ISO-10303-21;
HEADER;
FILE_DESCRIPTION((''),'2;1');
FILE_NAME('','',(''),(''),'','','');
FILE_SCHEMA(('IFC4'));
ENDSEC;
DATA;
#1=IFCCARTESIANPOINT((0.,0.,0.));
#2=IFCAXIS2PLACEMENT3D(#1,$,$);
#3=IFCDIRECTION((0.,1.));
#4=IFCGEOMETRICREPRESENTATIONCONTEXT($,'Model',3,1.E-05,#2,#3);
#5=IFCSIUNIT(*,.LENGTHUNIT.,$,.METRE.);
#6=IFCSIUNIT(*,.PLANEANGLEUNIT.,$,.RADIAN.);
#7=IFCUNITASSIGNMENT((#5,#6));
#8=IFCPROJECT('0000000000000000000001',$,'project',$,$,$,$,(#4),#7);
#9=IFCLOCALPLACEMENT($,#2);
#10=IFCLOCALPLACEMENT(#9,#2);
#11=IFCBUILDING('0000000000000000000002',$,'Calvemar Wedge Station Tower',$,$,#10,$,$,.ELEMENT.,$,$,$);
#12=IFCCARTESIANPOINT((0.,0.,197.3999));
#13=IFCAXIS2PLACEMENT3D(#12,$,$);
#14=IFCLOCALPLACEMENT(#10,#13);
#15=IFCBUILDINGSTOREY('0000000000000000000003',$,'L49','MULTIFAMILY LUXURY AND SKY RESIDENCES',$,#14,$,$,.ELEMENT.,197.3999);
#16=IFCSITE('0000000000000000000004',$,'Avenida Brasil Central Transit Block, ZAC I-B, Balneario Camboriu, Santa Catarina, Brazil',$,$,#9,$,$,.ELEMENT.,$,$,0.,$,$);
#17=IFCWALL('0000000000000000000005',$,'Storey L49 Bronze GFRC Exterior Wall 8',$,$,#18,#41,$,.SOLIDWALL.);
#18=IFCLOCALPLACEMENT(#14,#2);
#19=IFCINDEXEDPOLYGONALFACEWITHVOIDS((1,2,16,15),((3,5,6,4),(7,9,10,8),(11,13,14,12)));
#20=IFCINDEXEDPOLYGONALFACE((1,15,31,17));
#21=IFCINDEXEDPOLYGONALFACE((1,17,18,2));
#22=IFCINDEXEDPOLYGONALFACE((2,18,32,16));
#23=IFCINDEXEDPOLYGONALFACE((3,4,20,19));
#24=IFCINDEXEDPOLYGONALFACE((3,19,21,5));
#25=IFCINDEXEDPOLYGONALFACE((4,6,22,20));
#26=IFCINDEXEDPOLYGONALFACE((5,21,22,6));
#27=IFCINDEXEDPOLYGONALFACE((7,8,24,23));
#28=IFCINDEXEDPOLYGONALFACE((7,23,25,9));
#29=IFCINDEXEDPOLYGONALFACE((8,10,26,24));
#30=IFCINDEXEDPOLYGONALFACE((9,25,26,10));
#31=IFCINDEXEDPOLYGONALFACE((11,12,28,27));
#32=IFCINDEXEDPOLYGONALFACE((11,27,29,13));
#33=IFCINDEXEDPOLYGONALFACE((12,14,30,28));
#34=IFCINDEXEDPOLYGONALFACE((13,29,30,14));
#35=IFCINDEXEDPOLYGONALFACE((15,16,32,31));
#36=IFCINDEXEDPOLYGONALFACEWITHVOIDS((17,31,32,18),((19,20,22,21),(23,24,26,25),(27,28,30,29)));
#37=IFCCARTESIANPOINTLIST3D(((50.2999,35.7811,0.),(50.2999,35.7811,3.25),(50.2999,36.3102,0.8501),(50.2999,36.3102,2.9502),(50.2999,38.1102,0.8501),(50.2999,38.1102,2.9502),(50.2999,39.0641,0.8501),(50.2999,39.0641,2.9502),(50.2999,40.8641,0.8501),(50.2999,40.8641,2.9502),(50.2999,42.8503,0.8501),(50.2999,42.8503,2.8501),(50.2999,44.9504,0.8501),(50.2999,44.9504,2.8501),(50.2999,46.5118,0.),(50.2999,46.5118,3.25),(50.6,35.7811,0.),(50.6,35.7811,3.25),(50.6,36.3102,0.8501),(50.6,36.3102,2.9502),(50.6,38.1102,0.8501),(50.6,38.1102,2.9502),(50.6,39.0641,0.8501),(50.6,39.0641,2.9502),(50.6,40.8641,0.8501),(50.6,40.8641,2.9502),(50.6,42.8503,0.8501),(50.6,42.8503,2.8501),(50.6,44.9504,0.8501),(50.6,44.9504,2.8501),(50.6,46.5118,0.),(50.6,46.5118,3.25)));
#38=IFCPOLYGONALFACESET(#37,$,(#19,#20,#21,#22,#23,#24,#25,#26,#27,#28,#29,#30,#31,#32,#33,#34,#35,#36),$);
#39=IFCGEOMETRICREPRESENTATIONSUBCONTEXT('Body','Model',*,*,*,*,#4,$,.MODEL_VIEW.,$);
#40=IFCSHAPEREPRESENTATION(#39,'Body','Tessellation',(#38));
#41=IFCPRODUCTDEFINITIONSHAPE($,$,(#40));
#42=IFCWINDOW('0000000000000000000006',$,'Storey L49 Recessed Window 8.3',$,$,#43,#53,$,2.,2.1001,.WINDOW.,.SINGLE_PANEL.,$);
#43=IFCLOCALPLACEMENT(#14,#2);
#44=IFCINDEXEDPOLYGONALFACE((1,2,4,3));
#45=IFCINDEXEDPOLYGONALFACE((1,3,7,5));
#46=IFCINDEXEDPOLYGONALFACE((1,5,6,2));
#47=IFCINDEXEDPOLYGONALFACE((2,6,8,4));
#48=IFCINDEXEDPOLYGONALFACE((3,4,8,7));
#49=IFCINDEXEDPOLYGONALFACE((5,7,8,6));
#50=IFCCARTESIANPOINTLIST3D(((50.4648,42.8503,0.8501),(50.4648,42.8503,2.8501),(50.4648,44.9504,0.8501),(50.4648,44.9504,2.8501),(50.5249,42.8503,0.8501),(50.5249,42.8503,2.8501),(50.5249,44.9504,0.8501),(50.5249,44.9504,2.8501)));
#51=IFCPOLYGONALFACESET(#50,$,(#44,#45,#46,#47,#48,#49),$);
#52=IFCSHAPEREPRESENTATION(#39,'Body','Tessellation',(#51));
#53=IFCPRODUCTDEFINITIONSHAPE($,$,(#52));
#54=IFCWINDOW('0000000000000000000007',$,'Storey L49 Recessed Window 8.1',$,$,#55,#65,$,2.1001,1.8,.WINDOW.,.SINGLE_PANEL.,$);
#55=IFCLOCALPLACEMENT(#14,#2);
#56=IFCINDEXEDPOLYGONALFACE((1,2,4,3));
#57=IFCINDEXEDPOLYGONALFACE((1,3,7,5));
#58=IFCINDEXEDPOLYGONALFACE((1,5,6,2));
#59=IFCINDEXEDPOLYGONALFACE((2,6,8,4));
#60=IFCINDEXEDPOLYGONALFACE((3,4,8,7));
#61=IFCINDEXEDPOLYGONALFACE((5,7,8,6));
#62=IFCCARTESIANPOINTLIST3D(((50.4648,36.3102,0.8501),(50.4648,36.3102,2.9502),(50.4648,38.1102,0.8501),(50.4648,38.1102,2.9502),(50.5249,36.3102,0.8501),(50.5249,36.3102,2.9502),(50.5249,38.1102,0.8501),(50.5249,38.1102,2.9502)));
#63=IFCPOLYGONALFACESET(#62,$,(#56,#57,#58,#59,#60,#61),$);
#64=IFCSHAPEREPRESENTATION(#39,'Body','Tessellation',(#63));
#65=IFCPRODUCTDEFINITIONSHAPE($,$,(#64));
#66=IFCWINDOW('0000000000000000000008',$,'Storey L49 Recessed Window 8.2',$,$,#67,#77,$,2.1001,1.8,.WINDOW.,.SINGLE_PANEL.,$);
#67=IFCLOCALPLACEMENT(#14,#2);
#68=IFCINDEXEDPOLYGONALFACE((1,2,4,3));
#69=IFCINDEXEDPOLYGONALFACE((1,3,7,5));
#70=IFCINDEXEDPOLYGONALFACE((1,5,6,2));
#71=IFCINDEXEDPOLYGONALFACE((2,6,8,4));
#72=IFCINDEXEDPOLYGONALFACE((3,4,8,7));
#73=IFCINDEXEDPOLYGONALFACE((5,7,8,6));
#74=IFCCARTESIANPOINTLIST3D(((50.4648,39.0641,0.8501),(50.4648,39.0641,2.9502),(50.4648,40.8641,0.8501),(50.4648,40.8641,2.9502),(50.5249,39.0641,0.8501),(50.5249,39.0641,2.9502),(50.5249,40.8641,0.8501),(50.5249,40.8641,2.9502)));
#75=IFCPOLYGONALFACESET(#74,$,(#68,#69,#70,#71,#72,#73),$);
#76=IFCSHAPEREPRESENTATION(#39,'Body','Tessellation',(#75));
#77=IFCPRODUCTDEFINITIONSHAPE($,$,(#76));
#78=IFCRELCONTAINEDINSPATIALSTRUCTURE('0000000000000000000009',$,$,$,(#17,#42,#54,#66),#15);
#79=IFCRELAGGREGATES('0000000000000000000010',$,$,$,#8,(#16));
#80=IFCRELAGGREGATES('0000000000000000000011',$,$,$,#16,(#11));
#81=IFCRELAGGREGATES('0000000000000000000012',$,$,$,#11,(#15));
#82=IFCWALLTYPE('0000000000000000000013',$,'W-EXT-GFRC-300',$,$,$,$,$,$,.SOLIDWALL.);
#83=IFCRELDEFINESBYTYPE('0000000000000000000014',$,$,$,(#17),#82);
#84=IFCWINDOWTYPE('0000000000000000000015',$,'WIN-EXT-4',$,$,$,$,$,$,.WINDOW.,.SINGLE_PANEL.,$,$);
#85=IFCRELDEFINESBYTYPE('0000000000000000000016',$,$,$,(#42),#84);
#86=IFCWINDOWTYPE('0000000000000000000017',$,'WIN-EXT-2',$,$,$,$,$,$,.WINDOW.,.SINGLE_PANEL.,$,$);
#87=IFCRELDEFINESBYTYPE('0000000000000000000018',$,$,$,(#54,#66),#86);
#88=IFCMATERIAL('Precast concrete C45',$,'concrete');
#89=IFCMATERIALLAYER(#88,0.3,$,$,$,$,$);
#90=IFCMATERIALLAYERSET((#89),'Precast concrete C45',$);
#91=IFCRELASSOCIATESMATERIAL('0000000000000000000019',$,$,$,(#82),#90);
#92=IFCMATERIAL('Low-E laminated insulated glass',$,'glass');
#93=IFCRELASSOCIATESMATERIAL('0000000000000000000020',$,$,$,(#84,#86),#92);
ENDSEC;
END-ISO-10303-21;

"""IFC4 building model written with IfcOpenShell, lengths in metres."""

from ifc_helpers import new_model, si_unit, direction, frame, frame_2d, origin, place, context, subcontext, project, spatial, rectangle, extrude, source, transform, mapped, material, layer, layer_set, type_object, element, fill, save


model = new_model("IFC4")

# Units and contexts
model_context = context("Model", 3, precision=1e-05, world=origin(), true_north=direction((0.0, 1.0)))
body_context = subcontext(model_context, "Body", "Model", "MODEL_VIEW")
ifc_project = project(units=[si_unit("LENGTHUNIT", "METRE"), si_unit("PLANEANGLEUNIT", "RADIAN")], contexts=[model_context])

# Site, building, storey
site_placement = place(None, origin())
site = spatial("IfcSite", under=ifc_project, at=site_placement, Name="Avenida Brasil Central Transit Block, ZAC I-B, Balneario Camboriu, Santa Catarina, Brazil", CompositionType="ELEMENT", RefElevation=0.0)
building_placement = place(site_placement, origin())
building = spatial("IfcBuilding", under=site, at=building_placement, Name="Calvemar Wedge Station Tower", CompositionType="ELEMENT")
storey_placement = place(building_placement, frame((0.0, 0.0, 197.3999)))
storey = spatial("IfcBuildingStorey", under=building, at=storey_placement, Name="L49", Description="MULTIFAMILY LUXURY AND SKY RESIDENCES", CompositionType="ELEMENT", Elevation=197.3999)

# Shared definitions
ifc_material_1 = material(Name="Low-E laminated insulated glass", Category="glass")

# Shared definitions
ifc_material_2 = material(Name="Precast concrete C45", Category="concrete")
ifc_layer_1 = layer(ifc_material_2, 0.3)
ifc_layer_set_1 = layer_set([ifc_layer_1], Name="Precast concrete C45")
wall_type_1 = type_object("IfcWallType", Name="W-EXT-GFRC-300", PredefinedType="SOLIDWALL", material=ifc_layer_set_1)

# Wall, openings, windows
shared_shape_1 = source(origin(), body_context, "Body", "SweptSolid", [
    extrude(rectangle(XDim=2.1001, YDim=2.0, at=frame_2d((1.05, 1.0))), frame((0.0, 0.1602, 0.0), z_axis=(0.0, -1.0, 0.0), x_axis=(1.0, 0.0, 0.0)), (0.0, 0.0, 1.0), 0.3201),
])
window_type_1 = type_object("IfcWindowType", Name="WIN-EXT-4", PartitioningType="SINGLE_PANEL", PredefinedType="WINDOW", material=ifc_material_1)
shared_shape_2 = source(origin(), body_context, "Body", "SweptSolid", [
    extrude(rectangle(XDim=2.1001, YDim=2.0, at=frame_2d((1.05, 1.0))), frame((0.0, -0.0149, 0.0), z_axis=(0.0, -1.0, 0.0), x_axis=(1.0, 0.0, 0.0)), (0.0, 0.0, 1.0), 0.0601),
])
wall_1_placement = place(storey_placement, frame((50.45, 35.7812, 0.0), z_axis=(0.0, 0.0, 1.0), x_axis=(0.0, 1.0, 0.0)))
wall_1 = element("IfcWall", 1, at=wall_1_placement, inside=storey, type_object=wall_type_1, Name="Storey L49 Bronze GFRC Exterior Wall 8", PredefinedType="SOLIDWALL", context=body_context, shape_type="SweptSolid", body=[
    extrude(rectangle(XDim=10.7307, YDim=0.3, at=frame_2d((5.3652, 0.0))), origin(), (0.0, 0.0, 1.0), 3.25),
])
shared_shape_3 = source(origin(), body_context, "Body", "SweptSolid", [
    extrude(rectangle(XDim=1.8, YDim=2.1001, at=frame_2d((0.8999, 1.05))), frame((0.0, 0.1602, 0.0), z_axis=(0.0, -1.0, 0.0), x_axis=(1.0, 0.0, 0.0)), (0.0, 0.0, 1.0), 0.3201),
])
opening_1_placement = place(wall_1_placement, frame((0.5291, 0.0, 0.8501)))
opening_1 = element("IfcOpeningElement", 2, at=opening_1_placement, cuts=wall_1, PredefinedType="OPENING", context=body_context, shape_type="MappedRepresentation", body=[
    mapped(shared_shape_3, transform((0.0, 0.0, 0.0), scale=1.0)),
])
opening_2_placement = place(wall_1_placement, frame((3.283, 0.0, 0.8501)))
opening_2 = element("IfcOpeningElement", 3, at=opening_2_placement, cuts=wall_1, PredefinedType="OPENING", context=body_context, shape_type="MappedRepresentation", body=[
    mapped(shared_shape_3, transform((0.0, 0.0, 0.0), scale=1.0)),
])
opening_3_placement = place(wall_1_placement, frame((7.0691, 0.0, 0.8501)))
opening_3 = element("IfcOpeningElement", 4, at=opening_3_placement, cuts=wall_1, PredefinedType="OPENING", context=body_context, shape_type="MappedRepresentation", body=[
    mapped(shared_shape_1, transform((0.0, 0.0, 0.0), scale=1.0)),
])
window_1_placement = place(opening_3_placement, origin())
window_1 = element("IfcWindow", 5, at=window_1_placement, inside=storey, type_object=window_type_1, Name="Storey L49 Recessed Window 8.3", OverallHeight=2.0, OverallWidth=2.1001, PartitioningType="SINGLE_PANEL", PredefinedType="WINDOW", context=body_context, shape_type="MappedRepresentation", body=[
    mapped(shared_shape_2, transform((0.0, 0.0, 0.0), scale=1.0)),
])
fill(opening_3, window_1)
window_type_2 = type_object("IfcWindowType", Name="WIN-EXT-2", PartitioningType="SINGLE_PANEL", PredefinedType="WINDOW", material=ifc_material_1)
shared_shape_4 = source(origin(), body_context, "Body", "SweptSolid", [
    extrude(rectangle(XDim=1.8, YDim=2.1001, at=frame_2d((0.8999, 1.05))), frame((0.0, -0.0149, 0.0), z_axis=(0.0, -1.0, 0.0), x_axis=(1.0, 0.0, 0.0)), (0.0, 0.0, 1.0), 0.0601),
])
window_2_placement = place(opening_1_placement, origin())
window_2 = element("IfcWindow", 6, at=window_2_placement, inside=storey, type_object=window_type_2, Name="Storey L49 Recessed Window 8.1", OverallHeight=2.1001, OverallWidth=1.8, PartitioningType="SINGLE_PANEL", PredefinedType="WINDOW", context=body_context, shape_type="MappedRepresentation", body=[
    mapped(shared_shape_4, transform((0.0, 0.0, 0.0), scale=1.0)),
])
fill(opening_1, window_2)
window_3_placement = place(opening_2_placement, origin())
window_3 = element("IfcWindow", 7, at=window_3_placement, inside=storey, type_object=window_type_2, Name="Storey L49 Recessed Window 8.2", OverallHeight=2.1001, OverallWidth=1.8, PartitioningType="SINGLE_PANEL", PredefinedType="WINDOW", context=body_context, shape_type="MappedRepresentation", body=[
    mapped(shared_shape_4, transform((0.0, 0.0, 0.0), scale=1.0)),
])
fill(opening_2, window_3)

save(model, "model.ifc")
